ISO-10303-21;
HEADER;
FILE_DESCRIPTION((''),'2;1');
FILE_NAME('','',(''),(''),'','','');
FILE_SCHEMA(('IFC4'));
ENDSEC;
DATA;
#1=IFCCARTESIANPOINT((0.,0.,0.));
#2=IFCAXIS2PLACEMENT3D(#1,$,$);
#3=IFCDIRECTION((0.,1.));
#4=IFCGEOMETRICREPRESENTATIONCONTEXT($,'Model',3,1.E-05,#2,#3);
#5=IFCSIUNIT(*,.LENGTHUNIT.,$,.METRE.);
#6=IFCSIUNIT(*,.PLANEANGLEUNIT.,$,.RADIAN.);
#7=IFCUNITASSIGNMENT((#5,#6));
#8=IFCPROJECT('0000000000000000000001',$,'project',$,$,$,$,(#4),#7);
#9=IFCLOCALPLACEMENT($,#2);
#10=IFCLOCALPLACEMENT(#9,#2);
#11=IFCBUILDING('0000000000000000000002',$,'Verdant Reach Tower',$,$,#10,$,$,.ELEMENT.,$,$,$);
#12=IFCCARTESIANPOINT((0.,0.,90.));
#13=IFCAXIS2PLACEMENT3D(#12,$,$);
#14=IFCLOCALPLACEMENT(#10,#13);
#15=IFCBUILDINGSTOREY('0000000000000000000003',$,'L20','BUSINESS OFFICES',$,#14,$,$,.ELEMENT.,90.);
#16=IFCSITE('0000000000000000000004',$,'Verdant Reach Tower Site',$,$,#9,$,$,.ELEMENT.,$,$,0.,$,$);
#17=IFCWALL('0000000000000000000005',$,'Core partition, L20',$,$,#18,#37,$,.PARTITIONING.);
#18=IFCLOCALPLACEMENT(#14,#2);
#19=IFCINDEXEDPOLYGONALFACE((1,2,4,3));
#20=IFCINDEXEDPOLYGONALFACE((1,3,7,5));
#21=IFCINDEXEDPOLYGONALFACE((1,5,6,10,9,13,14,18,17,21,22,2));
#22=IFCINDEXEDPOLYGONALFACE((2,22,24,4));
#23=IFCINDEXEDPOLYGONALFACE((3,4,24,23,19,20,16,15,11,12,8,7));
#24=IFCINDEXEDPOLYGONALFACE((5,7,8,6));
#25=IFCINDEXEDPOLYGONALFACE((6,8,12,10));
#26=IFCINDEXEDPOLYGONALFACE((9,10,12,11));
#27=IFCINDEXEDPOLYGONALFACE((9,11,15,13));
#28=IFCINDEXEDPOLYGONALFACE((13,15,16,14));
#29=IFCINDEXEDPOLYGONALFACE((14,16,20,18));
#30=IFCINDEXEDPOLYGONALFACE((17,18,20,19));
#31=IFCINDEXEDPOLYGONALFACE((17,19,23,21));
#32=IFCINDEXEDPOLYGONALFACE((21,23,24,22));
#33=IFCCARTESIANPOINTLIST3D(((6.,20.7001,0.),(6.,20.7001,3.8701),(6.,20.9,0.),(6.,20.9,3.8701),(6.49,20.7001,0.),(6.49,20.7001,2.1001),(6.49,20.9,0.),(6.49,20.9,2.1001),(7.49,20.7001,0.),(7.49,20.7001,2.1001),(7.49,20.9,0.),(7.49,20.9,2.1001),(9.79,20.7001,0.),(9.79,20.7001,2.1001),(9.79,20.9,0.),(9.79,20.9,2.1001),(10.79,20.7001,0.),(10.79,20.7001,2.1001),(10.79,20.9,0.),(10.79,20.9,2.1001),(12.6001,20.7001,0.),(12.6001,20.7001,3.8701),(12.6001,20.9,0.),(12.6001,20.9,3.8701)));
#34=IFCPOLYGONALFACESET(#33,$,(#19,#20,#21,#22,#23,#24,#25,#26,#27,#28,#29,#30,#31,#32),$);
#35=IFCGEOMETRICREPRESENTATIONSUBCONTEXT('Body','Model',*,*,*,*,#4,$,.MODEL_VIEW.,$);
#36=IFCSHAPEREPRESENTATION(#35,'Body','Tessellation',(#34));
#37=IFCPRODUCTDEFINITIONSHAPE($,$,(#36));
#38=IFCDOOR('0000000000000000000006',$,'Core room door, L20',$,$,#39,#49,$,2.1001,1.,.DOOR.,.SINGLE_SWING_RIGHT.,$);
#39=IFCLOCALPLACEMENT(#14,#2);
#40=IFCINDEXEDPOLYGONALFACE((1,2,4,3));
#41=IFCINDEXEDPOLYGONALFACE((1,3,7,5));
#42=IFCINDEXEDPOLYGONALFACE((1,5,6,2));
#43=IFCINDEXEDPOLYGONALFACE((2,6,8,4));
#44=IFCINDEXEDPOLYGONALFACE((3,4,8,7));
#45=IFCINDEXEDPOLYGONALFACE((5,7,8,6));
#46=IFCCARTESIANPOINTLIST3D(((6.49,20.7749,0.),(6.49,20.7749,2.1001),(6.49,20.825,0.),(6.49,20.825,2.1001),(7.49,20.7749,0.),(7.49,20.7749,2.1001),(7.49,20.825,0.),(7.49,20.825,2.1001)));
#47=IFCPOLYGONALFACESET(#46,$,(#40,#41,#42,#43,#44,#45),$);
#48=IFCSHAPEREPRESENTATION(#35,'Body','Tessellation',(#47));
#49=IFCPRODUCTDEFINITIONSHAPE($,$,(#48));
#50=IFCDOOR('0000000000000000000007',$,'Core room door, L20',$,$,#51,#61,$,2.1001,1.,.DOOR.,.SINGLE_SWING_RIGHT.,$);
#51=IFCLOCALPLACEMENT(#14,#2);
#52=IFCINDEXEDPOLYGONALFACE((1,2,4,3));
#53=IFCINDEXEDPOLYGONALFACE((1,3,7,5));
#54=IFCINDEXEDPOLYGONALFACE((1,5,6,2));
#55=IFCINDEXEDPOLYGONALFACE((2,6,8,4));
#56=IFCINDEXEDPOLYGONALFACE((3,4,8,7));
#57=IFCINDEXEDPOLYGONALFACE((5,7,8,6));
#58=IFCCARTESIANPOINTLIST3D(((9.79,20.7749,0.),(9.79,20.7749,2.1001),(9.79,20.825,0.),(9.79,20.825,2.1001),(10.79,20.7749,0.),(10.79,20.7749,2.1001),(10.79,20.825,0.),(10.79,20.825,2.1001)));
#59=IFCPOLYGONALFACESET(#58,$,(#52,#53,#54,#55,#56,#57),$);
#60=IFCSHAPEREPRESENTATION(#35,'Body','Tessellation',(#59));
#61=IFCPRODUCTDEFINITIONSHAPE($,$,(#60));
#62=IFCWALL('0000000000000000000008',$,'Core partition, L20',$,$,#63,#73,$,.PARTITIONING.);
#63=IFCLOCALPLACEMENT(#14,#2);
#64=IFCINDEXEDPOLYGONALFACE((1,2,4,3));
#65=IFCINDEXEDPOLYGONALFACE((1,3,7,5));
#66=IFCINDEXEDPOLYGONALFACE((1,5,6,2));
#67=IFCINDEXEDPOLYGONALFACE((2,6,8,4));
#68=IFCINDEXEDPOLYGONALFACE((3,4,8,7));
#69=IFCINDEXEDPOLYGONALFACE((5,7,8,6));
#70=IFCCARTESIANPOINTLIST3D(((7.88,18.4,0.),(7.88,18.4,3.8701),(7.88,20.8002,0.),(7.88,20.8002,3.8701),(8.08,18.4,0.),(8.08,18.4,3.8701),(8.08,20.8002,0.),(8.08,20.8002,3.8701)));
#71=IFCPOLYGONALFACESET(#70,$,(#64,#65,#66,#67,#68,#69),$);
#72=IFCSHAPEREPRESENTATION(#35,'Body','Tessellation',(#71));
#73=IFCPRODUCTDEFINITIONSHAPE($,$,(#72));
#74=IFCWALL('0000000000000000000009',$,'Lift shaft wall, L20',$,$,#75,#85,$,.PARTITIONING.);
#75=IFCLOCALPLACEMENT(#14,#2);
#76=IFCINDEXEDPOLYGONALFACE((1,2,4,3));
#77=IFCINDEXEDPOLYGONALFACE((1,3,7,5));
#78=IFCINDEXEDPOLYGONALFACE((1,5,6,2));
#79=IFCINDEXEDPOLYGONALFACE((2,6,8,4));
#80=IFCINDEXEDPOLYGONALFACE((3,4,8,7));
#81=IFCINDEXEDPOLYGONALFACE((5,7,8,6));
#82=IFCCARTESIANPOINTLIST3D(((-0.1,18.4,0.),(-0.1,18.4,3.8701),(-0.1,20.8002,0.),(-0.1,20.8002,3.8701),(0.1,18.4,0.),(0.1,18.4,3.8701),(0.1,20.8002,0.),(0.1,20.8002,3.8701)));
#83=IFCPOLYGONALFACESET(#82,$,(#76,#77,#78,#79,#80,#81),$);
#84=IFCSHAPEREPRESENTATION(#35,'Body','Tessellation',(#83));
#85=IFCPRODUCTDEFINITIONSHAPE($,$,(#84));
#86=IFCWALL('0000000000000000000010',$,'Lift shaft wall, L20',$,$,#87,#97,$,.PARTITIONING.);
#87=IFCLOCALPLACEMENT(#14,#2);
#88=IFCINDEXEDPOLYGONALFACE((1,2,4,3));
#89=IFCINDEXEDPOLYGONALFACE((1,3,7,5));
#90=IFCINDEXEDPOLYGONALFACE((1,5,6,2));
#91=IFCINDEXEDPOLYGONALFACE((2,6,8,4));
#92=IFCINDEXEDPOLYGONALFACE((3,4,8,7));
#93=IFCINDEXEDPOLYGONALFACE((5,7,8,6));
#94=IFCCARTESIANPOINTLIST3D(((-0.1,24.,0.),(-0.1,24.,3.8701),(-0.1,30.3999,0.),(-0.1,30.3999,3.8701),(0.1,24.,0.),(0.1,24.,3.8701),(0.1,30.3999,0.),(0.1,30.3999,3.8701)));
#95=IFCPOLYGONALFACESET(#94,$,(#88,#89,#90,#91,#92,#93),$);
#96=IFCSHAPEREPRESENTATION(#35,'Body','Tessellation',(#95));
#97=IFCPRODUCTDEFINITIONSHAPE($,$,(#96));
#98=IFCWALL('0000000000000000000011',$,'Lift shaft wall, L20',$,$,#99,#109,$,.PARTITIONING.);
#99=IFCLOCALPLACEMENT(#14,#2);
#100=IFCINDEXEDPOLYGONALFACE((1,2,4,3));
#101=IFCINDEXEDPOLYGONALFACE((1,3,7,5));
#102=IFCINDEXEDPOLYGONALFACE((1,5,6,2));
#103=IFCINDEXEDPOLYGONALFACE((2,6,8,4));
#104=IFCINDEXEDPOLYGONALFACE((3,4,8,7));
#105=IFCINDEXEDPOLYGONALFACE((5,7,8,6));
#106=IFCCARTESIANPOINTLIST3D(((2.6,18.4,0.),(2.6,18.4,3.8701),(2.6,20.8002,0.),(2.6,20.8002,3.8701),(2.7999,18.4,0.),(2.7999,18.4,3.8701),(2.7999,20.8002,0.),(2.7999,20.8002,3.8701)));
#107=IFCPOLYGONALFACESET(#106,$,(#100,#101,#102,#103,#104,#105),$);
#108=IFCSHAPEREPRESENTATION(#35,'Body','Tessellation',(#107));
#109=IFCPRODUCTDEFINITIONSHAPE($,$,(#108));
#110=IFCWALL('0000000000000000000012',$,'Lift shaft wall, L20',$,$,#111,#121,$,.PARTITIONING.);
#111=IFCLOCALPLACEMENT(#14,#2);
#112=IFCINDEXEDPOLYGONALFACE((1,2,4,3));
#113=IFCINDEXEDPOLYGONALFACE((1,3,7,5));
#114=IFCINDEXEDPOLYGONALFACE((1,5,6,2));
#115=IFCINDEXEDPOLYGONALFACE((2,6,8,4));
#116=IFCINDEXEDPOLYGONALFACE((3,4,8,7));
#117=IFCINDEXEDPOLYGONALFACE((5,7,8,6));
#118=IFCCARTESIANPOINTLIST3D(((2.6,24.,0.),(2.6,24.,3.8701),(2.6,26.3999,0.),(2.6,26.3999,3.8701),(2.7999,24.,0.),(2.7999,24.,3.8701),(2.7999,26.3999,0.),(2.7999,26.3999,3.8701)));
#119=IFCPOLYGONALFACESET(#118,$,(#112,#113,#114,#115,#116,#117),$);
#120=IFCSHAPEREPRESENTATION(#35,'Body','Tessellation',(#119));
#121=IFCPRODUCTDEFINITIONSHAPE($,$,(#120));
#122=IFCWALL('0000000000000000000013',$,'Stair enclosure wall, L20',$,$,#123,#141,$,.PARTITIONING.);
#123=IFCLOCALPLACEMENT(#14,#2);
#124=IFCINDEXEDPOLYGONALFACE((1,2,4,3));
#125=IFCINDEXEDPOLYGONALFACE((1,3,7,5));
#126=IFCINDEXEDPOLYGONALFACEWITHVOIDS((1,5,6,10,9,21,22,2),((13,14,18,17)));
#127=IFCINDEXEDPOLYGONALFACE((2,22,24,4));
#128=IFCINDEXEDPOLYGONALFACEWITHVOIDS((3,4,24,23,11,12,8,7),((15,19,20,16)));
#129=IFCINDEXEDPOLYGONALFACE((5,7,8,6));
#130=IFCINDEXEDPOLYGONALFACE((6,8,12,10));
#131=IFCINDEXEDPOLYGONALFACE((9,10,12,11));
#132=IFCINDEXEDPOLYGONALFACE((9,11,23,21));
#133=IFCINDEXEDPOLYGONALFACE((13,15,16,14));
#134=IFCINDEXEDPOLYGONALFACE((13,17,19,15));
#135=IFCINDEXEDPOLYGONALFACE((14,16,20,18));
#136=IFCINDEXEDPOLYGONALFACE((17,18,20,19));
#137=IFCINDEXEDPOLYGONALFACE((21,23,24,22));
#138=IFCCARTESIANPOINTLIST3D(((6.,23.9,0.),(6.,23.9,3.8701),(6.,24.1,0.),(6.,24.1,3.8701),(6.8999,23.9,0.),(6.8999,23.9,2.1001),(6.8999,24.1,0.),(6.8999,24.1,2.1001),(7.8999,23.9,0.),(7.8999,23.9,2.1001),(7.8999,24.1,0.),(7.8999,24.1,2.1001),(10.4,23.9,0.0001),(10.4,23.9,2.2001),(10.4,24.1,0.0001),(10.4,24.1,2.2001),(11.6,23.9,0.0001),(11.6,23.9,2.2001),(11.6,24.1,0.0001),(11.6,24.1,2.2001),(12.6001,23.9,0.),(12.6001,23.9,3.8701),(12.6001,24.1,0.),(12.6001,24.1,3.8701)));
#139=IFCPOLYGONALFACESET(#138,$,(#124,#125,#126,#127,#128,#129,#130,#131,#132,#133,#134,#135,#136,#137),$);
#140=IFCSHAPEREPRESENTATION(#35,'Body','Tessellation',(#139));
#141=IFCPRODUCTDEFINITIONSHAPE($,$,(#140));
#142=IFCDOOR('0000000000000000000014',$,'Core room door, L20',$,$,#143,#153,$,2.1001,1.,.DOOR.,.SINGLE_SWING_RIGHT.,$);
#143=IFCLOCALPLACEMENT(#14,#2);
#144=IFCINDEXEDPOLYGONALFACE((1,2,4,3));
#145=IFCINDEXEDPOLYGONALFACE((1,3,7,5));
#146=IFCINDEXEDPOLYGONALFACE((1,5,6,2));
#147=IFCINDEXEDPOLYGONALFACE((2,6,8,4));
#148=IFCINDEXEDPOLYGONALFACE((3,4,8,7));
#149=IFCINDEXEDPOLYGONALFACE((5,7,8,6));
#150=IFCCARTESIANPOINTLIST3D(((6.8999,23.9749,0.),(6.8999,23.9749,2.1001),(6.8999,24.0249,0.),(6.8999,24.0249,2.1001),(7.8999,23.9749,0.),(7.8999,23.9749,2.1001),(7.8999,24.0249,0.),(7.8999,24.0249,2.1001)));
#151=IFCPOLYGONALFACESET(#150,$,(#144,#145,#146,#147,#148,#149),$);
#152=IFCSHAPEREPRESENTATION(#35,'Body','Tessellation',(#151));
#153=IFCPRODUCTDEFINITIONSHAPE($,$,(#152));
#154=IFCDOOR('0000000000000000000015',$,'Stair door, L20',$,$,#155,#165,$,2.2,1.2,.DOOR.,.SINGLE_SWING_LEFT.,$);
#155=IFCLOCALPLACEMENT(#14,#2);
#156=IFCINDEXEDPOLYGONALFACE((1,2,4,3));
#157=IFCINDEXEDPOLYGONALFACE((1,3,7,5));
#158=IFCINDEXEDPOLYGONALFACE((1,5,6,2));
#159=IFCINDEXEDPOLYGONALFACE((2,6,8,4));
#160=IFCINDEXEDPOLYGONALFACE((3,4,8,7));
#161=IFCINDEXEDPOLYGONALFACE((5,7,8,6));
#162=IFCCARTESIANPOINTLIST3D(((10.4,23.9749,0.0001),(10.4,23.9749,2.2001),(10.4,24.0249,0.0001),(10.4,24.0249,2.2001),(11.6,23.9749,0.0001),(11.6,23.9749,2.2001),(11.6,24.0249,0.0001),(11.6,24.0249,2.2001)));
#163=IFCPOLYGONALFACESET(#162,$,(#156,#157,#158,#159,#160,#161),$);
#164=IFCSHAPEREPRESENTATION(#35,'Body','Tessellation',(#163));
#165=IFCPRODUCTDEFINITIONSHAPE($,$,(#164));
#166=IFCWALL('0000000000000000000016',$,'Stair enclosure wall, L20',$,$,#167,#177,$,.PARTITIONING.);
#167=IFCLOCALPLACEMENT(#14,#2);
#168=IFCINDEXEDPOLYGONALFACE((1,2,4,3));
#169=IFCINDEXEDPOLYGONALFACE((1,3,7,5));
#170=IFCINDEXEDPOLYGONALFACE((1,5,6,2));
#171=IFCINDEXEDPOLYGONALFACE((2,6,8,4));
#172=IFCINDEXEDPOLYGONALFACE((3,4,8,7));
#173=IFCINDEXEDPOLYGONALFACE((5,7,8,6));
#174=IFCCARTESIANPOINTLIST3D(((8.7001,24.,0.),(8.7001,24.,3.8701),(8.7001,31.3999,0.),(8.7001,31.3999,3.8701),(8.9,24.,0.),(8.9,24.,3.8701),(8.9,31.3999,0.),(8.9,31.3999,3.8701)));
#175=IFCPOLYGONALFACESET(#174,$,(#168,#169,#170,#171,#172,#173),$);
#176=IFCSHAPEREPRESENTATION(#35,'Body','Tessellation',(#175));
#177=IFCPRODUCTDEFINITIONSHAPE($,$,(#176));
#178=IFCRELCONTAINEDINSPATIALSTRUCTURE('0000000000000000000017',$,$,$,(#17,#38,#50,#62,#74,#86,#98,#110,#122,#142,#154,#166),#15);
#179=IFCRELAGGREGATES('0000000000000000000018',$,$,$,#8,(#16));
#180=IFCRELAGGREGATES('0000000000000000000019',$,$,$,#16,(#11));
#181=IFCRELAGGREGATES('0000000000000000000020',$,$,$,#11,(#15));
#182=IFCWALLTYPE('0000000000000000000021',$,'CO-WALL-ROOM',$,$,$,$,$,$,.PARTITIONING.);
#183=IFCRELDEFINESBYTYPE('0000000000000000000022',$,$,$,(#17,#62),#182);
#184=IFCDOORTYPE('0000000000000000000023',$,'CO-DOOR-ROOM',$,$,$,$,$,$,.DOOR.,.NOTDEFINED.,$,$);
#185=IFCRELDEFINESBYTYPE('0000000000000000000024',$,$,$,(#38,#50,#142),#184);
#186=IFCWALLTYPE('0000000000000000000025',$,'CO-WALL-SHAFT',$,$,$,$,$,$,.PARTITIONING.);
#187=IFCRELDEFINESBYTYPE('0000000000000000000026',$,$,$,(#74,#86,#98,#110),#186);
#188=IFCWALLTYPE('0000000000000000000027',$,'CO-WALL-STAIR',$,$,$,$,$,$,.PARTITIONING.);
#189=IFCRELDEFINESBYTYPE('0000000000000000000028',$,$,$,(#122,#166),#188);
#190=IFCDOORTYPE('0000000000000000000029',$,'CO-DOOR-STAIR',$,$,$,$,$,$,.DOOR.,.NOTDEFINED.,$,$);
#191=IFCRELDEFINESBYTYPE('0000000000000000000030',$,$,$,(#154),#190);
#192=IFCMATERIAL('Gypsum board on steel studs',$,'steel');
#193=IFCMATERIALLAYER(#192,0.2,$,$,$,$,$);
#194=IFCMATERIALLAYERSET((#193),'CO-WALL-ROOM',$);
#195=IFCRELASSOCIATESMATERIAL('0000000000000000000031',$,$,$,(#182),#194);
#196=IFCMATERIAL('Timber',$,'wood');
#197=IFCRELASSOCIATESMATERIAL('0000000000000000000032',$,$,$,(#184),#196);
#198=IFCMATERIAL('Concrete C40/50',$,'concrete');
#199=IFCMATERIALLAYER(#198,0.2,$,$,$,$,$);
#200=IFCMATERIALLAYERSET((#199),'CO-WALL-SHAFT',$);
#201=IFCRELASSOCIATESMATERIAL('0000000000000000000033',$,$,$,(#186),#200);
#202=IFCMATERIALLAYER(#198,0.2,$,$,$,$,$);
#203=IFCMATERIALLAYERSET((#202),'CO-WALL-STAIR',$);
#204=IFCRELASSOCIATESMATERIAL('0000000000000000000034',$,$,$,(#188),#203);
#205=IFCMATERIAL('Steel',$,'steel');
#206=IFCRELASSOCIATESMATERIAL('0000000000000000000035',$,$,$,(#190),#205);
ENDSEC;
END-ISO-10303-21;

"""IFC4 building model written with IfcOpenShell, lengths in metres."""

from ifc_helpers import new_model, si_unit, direction, frame, frame_2d, origin, place, context, subcontext, project, spatial, rectangle, extrude, material, layer, layer_set, type_object, element, fill, save


model = new_model("IFC4")

# Units and contexts
model_context = context("Model", 3, precision=1e-05, world=origin(), true_north=direction((0.0, 1.0)))
body_context = subcontext(model_context, "Body", "Model", "MODEL_VIEW")
ifc_project = project(units=[si_unit("LENGTHUNIT", "METRE"), si_unit("PLANEANGLEUNIT", "RADIAN")], contexts=[model_context])

# Site, building, storey
site_placement = place(None, origin())
site = spatial("IfcSite", under=ifc_project, at=site_placement, Name="Verdant Reach Tower Site", CompositionType="ELEMENT", RefElevation=0.0)
building_placement = place(site_placement, origin())
building = spatial("IfcBuilding", under=site, at=building_placement, Name="Verdant Reach Tower", CompositionType="ELEMENT")
storey_placement = place(building_placement, frame((0.0, 0.0, 90.0)))
storey = spatial("IfcBuildingStorey", under=building, at=storey_placement, Name="L20", Description="BUSINESS OFFICES", CompositionType="ELEMENT", Elevation=90.0)

# Wall, openings, doors
ifc_material_1 = material(Name="Gypsum board on steel studs", Category="steel")
ifc_layer_1 = layer(ifc_material_1, 0.2)
ifc_layer_set_1 = layer_set([ifc_layer_1], Name="CO-WALL-ROOM")
wall_type_1 = type_object("IfcWallType", Name="CO-WALL-ROOM", PredefinedType="PARTITIONING", material=ifc_layer_set_1)
wall_1_placement = place(storey_placement, frame((6.0, 20.8, 0.0), z_axis=(0.0, 0.0, 1.0), x_axis=(1.0, 0.0, 0.0)))
wall_1 = element("IfcWall", 1, at=wall_1_placement, inside=storey, type_object=wall_type_1, Name="Core partition, L20", PredefinedType="PARTITIONING", context=body_context, shape_type="SweptSolid", body=[
    extrude(rectangle(XDim=6.6001, YDim=0.2, at=frame_2d((3.3, 0.0))), origin(), (0.0, 0.0, 1.0), 3.8701),
])
opening_1_placement = place(wall_1_placement, frame((0.49, 0.0, 0.0)))
opening_1 = element("IfcOpeningElement", 2, at=opening_1_placement, cuts=wall_1, PredefinedType="OPENING", context=body_context, shape_type="SweptSolid", body=[
    extrude(rectangle(XDim=1.0, YDim=2.1001, at=frame_2d((0.5, 1.05))), frame((0.0, 0.1099, 0.0), z_axis=(0.0, -1.0, 0.0), x_axis=(1.0, 0.0, 0.0)), (0.0, 0.0, 1.0), 0.22),
])
opening_2_placement = place(wall_1_placement, frame((3.79, 0.0, 0.0)))
opening_2 = element("IfcOpeningElement", 3, at=opening_2_placement, cuts=wall_1, PredefinedType="OPENING", context=body_context, shape_type="SweptSolid", body=[
    extrude(rectangle(XDim=1.0, YDim=2.1001, at=frame_2d((0.5, 1.05))), frame((0.0, 0.1099, 0.0), z_axis=(0.0, -1.0, 0.0), x_axis=(1.0, 0.0, 0.0)), (0.0, 0.0, 1.0), 0.22),
])
ifc_material_2 = material(Name="Timber", Category="wood")
door_type_1 = type_object("IfcDoorType", Name="CO-DOOR-ROOM", OperationType="NOTDEFINED", PredefinedType="DOOR", material=ifc_material_2)
door_1_placement = place(opening_1_placement, origin())
door_1 = element("IfcDoor", 4, at=door_1_placement, inside=storey, type_object=door_type_1, Name="Core room door, L20", OperationType="SINGLE_SWING_RIGHT", OverallHeight=2.1001, OverallWidth=1.0, PredefinedType="DOOR", context=body_context, shape_type="SweptSolid", body=[
    extrude(rectangle(XDim=1.0, YDim=2.1001, at=frame_2d((0.5, 1.05))), frame((0.0, 0.0249, 0.0), z_axis=(0.0, -1.0, 0.0), x_axis=(1.0, 0.0, 0.0)), (0.0, 0.0, 1.0), 0.05),
])
fill(opening_1, door_1)
door_2_placement = place(opening_2_placement, origin())
door_2 = element("IfcDoor", 5, at=door_2_placement, inside=storey, type_object=door_type_1, Name="Core room door, L20", OperationType="SINGLE_SWING_RIGHT", OverallHeight=2.1001, OverallWidth=1.0, PredefinedType="DOOR", context=body_context, shape_type="SweptSolid", body=[
    extrude(rectangle(XDim=1.0, YDim=2.1001, at=frame_2d((0.5, 1.05))), frame((0.0, 0.0249, 0.0), z_axis=(0.0, -1.0, 0.0), x_axis=(1.0, 0.0, 0.0)), (0.0, 0.0, 1.0), 0.05),
])
fill(opening_2, door_2)

# Walls
wall_2_placement = place(storey_placement, frame((7.98, 18.3999, 0.0), z_axis=(0.0, 0.0, 1.0), x_axis=(0.0, 1.0, 0.0)))
element("IfcWall", 6, at=wall_2_placement, inside=storey, type_object=wall_type_1, Name="Core partition, L20", PredefinedType="PARTITIONING", context=body_context, shape_type="SweptSolid", body=[
    extrude(rectangle(XDim=2.4001, YDim=0.2, at=frame_2d((1.2002, 0.0))), origin(), (0.0, 0.0, 1.0), 3.8701),
])
ifc_material_3 = material(Name="Concrete C40/50", Category="concrete")
ifc_layer_2 = layer(ifc_material_3, 0.2)
ifc_layer_set_2 = layer_set([ifc_layer_2], Name="CO-WALL-SHAFT")
wall_type_2 = type_object("IfcWallType", Name="CO-WALL-SHAFT", PredefinedType="PARTITIONING", material=ifc_layer_set_2)
wall_3_placement = place(storey_placement, frame((0.0, 18.3999, 0.0), z_axis=(0.0, 0.0, 1.0), x_axis=(0.0, 1.0, 0.0)))
element("IfcWall", 7, at=wall_3_placement, inside=storey, type_object=wall_type_2, Name="Lift shaft wall, L20", PredefinedType="PARTITIONING", context=body_context, shape_type="SweptSolid", body=[
    extrude(rectangle(XDim=2.4001, YDim=0.2, at=frame_2d((1.2002, 0.0))), origin(), (0.0, 0.0, 1.0), 3.8701),
])
wall_4_placement = place(storey_placement, frame((0.0, 24.0, 0.0), z_axis=(0.0, 0.0, 1.0), x_axis=(0.0, 1.0, 0.0)))
element("IfcWall", 8, at=wall_4_placement, inside=storey, type_object=wall_type_2, Name="Lift shaft wall, L20", PredefinedType="PARTITIONING", context=body_context, shape_type="SweptSolid", body=[
    extrude(rectangle(XDim=6.3999, YDim=0.2, at=frame_2d((3.2, 0.0))), origin(), (0.0, 0.0, 1.0), 3.8701),
])
wall_5_placement = place(storey_placement, frame((2.7, 18.3999, 0.0), z_axis=(0.0, 0.0, 1.0), x_axis=(0.0, 1.0, 0.0)))
element("IfcWall", 9, at=wall_5_placement, inside=storey, type_object=wall_type_2, Name="Lift shaft wall, L20", PredefinedType="PARTITIONING", context=body_context, shape_type="SweptSolid", body=[
    extrude(rectangle(XDim=2.4001, YDim=0.2, at=frame_2d((1.2002, 0.0))), origin(), (0.0, 0.0, 1.0), 3.8701),
])
wall_6_placement = place(storey_placement, frame((2.7, 24.0, 0.0), z_axis=(0.0, 0.0, 1.0), x_axis=(0.0, 1.0, 0.0)))
element("IfcWall", 10, at=wall_6_placement, inside=storey, type_object=wall_type_2, Name="Lift shaft wall, L20", PredefinedType="PARTITIONING", context=body_context, shape_type="SweptSolid", body=[
    extrude(rectangle(XDim=2.3999, YDim=0.2, at=frame_2d((1.2, 0.0))), origin(), (0.0, 0.0, 1.0), 3.8701),
])

# Wall, openings, doors
ifc_layer_3 = layer(ifc_material_3, 0.2)
ifc_layer_set_3 = layer_set([ifc_layer_3], Name="CO-WALL-STAIR")
wall_type_3 = type_object("IfcWallType", Name="CO-WALL-STAIR", PredefinedType="PARTITIONING", material=ifc_layer_set_3)
wall_7_placement = place(storey_placement, frame((6.0, 24.0, 0.0), z_axis=(0.0, 0.0, 1.0), x_axis=(1.0, 0.0, 0.0)))
wall_7 = element("IfcWall", 11, at=wall_7_placement, inside=storey, type_object=wall_type_3, Name="Stair enclosure wall, L20", PredefinedType="PARTITIONING", context=body_context, shape_type="SweptSolid", body=[
    extrude(rectangle(XDim=6.6001, YDim=0.2, at=frame_2d((3.3, 0.0))), origin(), (0.0, 0.0, 1.0), 3.8701),
])
opening_3_placement = place(wall_7_placement, frame((0.8999, 0.0, 0.0)))
opening_3 = element("IfcOpeningElement", 12, at=opening_3_placement, cuts=wall_7, PredefinedType="OPENING", context=body_context, shape_type="SweptSolid", body=[
    extrude(rectangle(XDim=1.0, YDim=2.1001, at=frame_2d((0.5, 1.05))), frame((0.0, 0.1099, 0.0), z_axis=(0.0, -1.0, 0.0), x_axis=(1.0, 0.0, 0.0)), (0.0, 0.0, 1.0), 0.22),
])
opening_4_placement = place(wall_7_placement, frame((4.3999, 0.0, 0.0)))
opening_4 = element("IfcOpeningElement", 13, at=opening_4_placement, cuts=wall_7, PredefinedType="OPENING", context=body_context, shape_type="SweptSolid", body=[
    extrude(rectangle(XDim=1.2, YDim=2.2, at=frame_2d((0.6001, 1.1001))), frame((0.0, 0.1099, 0.0), z_axis=(0.0, -1.0, 0.0), x_axis=(1.0, 0.0, 0.0)), (0.0, 0.0, 1.0), 0.22),
])
door_3_placement = place(opening_3_placement, origin())
door_3 = element("IfcDoor", 14, at=door_3_placement, inside=storey, type_object=door_type_1, Name="Core room door, L20", OperationType="SINGLE_SWING_RIGHT", OverallHeight=2.1001, OverallWidth=1.0, PredefinedType="DOOR", context=body_context, shape_type="SweptSolid", body=[
    extrude(rectangle(XDim=1.0, YDim=2.1001, at=frame_2d((0.5, 1.05))), frame((0.0, 0.0249, 0.0), z_axis=(0.0, -1.0, 0.0), x_axis=(1.0, 0.0, 0.0)), (0.0, 0.0, 1.0), 0.05),
])
fill(opening_3, door_3)
ifc_material_4 = material(Name="Steel", Category="steel")
door_type_2 = type_object("IfcDoorType", Name="CO-DOOR-STAIR", OperationType="NOTDEFINED", PredefinedType="DOOR", material=ifc_material_4)
door_4_placement = place(opening_4_placement, origin())
door_4 = element("IfcDoor", 15, at=door_4_placement, inside=storey, type_object=door_type_2, Name="Stair door, L20", OperationType="SINGLE_SWING_LEFT", OverallHeight=2.2, OverallWidth=1.2, PredefinedType="DOOR", context=body_context, shape_type="SweptSolid", body=[
    extrude(rectangle(XDim=1.2, YDim=2.2, at=frame_2d((0.6001, 1.1001))), frame((0.0, 0.0249, 0.0), z_axis=(0.0, -1.0, 0.0), x_axis=(1.0, 0.0, 0.0)), (0.0, 0.0, 1.0), 0.05),
])
fill(opening_4, door_4)

# Wall
wall_8_placement = place(storey_placement, frame((8.8, 24.0, 0.0), z_axis=(0.0, 0.0, 1.0), x_axis=(0.0, 1.0, 0.0)))
element("IfcWall", 16, at=wall_8_placement, inside=storey, type_object=wall_type_3, Name="Stair enclosure wall, L20", PredefinedType="PARTITIONING", context=body_context, shape_type="SweptSolid", body=[
    extrude(rectangle(XDim=7.3999, YDim=0.2, at=frame_2d((3.7, 0.0))), origin(), (0.0, 0.0, 1.0), 3.8701),
])

save(model, "model.ifc")
